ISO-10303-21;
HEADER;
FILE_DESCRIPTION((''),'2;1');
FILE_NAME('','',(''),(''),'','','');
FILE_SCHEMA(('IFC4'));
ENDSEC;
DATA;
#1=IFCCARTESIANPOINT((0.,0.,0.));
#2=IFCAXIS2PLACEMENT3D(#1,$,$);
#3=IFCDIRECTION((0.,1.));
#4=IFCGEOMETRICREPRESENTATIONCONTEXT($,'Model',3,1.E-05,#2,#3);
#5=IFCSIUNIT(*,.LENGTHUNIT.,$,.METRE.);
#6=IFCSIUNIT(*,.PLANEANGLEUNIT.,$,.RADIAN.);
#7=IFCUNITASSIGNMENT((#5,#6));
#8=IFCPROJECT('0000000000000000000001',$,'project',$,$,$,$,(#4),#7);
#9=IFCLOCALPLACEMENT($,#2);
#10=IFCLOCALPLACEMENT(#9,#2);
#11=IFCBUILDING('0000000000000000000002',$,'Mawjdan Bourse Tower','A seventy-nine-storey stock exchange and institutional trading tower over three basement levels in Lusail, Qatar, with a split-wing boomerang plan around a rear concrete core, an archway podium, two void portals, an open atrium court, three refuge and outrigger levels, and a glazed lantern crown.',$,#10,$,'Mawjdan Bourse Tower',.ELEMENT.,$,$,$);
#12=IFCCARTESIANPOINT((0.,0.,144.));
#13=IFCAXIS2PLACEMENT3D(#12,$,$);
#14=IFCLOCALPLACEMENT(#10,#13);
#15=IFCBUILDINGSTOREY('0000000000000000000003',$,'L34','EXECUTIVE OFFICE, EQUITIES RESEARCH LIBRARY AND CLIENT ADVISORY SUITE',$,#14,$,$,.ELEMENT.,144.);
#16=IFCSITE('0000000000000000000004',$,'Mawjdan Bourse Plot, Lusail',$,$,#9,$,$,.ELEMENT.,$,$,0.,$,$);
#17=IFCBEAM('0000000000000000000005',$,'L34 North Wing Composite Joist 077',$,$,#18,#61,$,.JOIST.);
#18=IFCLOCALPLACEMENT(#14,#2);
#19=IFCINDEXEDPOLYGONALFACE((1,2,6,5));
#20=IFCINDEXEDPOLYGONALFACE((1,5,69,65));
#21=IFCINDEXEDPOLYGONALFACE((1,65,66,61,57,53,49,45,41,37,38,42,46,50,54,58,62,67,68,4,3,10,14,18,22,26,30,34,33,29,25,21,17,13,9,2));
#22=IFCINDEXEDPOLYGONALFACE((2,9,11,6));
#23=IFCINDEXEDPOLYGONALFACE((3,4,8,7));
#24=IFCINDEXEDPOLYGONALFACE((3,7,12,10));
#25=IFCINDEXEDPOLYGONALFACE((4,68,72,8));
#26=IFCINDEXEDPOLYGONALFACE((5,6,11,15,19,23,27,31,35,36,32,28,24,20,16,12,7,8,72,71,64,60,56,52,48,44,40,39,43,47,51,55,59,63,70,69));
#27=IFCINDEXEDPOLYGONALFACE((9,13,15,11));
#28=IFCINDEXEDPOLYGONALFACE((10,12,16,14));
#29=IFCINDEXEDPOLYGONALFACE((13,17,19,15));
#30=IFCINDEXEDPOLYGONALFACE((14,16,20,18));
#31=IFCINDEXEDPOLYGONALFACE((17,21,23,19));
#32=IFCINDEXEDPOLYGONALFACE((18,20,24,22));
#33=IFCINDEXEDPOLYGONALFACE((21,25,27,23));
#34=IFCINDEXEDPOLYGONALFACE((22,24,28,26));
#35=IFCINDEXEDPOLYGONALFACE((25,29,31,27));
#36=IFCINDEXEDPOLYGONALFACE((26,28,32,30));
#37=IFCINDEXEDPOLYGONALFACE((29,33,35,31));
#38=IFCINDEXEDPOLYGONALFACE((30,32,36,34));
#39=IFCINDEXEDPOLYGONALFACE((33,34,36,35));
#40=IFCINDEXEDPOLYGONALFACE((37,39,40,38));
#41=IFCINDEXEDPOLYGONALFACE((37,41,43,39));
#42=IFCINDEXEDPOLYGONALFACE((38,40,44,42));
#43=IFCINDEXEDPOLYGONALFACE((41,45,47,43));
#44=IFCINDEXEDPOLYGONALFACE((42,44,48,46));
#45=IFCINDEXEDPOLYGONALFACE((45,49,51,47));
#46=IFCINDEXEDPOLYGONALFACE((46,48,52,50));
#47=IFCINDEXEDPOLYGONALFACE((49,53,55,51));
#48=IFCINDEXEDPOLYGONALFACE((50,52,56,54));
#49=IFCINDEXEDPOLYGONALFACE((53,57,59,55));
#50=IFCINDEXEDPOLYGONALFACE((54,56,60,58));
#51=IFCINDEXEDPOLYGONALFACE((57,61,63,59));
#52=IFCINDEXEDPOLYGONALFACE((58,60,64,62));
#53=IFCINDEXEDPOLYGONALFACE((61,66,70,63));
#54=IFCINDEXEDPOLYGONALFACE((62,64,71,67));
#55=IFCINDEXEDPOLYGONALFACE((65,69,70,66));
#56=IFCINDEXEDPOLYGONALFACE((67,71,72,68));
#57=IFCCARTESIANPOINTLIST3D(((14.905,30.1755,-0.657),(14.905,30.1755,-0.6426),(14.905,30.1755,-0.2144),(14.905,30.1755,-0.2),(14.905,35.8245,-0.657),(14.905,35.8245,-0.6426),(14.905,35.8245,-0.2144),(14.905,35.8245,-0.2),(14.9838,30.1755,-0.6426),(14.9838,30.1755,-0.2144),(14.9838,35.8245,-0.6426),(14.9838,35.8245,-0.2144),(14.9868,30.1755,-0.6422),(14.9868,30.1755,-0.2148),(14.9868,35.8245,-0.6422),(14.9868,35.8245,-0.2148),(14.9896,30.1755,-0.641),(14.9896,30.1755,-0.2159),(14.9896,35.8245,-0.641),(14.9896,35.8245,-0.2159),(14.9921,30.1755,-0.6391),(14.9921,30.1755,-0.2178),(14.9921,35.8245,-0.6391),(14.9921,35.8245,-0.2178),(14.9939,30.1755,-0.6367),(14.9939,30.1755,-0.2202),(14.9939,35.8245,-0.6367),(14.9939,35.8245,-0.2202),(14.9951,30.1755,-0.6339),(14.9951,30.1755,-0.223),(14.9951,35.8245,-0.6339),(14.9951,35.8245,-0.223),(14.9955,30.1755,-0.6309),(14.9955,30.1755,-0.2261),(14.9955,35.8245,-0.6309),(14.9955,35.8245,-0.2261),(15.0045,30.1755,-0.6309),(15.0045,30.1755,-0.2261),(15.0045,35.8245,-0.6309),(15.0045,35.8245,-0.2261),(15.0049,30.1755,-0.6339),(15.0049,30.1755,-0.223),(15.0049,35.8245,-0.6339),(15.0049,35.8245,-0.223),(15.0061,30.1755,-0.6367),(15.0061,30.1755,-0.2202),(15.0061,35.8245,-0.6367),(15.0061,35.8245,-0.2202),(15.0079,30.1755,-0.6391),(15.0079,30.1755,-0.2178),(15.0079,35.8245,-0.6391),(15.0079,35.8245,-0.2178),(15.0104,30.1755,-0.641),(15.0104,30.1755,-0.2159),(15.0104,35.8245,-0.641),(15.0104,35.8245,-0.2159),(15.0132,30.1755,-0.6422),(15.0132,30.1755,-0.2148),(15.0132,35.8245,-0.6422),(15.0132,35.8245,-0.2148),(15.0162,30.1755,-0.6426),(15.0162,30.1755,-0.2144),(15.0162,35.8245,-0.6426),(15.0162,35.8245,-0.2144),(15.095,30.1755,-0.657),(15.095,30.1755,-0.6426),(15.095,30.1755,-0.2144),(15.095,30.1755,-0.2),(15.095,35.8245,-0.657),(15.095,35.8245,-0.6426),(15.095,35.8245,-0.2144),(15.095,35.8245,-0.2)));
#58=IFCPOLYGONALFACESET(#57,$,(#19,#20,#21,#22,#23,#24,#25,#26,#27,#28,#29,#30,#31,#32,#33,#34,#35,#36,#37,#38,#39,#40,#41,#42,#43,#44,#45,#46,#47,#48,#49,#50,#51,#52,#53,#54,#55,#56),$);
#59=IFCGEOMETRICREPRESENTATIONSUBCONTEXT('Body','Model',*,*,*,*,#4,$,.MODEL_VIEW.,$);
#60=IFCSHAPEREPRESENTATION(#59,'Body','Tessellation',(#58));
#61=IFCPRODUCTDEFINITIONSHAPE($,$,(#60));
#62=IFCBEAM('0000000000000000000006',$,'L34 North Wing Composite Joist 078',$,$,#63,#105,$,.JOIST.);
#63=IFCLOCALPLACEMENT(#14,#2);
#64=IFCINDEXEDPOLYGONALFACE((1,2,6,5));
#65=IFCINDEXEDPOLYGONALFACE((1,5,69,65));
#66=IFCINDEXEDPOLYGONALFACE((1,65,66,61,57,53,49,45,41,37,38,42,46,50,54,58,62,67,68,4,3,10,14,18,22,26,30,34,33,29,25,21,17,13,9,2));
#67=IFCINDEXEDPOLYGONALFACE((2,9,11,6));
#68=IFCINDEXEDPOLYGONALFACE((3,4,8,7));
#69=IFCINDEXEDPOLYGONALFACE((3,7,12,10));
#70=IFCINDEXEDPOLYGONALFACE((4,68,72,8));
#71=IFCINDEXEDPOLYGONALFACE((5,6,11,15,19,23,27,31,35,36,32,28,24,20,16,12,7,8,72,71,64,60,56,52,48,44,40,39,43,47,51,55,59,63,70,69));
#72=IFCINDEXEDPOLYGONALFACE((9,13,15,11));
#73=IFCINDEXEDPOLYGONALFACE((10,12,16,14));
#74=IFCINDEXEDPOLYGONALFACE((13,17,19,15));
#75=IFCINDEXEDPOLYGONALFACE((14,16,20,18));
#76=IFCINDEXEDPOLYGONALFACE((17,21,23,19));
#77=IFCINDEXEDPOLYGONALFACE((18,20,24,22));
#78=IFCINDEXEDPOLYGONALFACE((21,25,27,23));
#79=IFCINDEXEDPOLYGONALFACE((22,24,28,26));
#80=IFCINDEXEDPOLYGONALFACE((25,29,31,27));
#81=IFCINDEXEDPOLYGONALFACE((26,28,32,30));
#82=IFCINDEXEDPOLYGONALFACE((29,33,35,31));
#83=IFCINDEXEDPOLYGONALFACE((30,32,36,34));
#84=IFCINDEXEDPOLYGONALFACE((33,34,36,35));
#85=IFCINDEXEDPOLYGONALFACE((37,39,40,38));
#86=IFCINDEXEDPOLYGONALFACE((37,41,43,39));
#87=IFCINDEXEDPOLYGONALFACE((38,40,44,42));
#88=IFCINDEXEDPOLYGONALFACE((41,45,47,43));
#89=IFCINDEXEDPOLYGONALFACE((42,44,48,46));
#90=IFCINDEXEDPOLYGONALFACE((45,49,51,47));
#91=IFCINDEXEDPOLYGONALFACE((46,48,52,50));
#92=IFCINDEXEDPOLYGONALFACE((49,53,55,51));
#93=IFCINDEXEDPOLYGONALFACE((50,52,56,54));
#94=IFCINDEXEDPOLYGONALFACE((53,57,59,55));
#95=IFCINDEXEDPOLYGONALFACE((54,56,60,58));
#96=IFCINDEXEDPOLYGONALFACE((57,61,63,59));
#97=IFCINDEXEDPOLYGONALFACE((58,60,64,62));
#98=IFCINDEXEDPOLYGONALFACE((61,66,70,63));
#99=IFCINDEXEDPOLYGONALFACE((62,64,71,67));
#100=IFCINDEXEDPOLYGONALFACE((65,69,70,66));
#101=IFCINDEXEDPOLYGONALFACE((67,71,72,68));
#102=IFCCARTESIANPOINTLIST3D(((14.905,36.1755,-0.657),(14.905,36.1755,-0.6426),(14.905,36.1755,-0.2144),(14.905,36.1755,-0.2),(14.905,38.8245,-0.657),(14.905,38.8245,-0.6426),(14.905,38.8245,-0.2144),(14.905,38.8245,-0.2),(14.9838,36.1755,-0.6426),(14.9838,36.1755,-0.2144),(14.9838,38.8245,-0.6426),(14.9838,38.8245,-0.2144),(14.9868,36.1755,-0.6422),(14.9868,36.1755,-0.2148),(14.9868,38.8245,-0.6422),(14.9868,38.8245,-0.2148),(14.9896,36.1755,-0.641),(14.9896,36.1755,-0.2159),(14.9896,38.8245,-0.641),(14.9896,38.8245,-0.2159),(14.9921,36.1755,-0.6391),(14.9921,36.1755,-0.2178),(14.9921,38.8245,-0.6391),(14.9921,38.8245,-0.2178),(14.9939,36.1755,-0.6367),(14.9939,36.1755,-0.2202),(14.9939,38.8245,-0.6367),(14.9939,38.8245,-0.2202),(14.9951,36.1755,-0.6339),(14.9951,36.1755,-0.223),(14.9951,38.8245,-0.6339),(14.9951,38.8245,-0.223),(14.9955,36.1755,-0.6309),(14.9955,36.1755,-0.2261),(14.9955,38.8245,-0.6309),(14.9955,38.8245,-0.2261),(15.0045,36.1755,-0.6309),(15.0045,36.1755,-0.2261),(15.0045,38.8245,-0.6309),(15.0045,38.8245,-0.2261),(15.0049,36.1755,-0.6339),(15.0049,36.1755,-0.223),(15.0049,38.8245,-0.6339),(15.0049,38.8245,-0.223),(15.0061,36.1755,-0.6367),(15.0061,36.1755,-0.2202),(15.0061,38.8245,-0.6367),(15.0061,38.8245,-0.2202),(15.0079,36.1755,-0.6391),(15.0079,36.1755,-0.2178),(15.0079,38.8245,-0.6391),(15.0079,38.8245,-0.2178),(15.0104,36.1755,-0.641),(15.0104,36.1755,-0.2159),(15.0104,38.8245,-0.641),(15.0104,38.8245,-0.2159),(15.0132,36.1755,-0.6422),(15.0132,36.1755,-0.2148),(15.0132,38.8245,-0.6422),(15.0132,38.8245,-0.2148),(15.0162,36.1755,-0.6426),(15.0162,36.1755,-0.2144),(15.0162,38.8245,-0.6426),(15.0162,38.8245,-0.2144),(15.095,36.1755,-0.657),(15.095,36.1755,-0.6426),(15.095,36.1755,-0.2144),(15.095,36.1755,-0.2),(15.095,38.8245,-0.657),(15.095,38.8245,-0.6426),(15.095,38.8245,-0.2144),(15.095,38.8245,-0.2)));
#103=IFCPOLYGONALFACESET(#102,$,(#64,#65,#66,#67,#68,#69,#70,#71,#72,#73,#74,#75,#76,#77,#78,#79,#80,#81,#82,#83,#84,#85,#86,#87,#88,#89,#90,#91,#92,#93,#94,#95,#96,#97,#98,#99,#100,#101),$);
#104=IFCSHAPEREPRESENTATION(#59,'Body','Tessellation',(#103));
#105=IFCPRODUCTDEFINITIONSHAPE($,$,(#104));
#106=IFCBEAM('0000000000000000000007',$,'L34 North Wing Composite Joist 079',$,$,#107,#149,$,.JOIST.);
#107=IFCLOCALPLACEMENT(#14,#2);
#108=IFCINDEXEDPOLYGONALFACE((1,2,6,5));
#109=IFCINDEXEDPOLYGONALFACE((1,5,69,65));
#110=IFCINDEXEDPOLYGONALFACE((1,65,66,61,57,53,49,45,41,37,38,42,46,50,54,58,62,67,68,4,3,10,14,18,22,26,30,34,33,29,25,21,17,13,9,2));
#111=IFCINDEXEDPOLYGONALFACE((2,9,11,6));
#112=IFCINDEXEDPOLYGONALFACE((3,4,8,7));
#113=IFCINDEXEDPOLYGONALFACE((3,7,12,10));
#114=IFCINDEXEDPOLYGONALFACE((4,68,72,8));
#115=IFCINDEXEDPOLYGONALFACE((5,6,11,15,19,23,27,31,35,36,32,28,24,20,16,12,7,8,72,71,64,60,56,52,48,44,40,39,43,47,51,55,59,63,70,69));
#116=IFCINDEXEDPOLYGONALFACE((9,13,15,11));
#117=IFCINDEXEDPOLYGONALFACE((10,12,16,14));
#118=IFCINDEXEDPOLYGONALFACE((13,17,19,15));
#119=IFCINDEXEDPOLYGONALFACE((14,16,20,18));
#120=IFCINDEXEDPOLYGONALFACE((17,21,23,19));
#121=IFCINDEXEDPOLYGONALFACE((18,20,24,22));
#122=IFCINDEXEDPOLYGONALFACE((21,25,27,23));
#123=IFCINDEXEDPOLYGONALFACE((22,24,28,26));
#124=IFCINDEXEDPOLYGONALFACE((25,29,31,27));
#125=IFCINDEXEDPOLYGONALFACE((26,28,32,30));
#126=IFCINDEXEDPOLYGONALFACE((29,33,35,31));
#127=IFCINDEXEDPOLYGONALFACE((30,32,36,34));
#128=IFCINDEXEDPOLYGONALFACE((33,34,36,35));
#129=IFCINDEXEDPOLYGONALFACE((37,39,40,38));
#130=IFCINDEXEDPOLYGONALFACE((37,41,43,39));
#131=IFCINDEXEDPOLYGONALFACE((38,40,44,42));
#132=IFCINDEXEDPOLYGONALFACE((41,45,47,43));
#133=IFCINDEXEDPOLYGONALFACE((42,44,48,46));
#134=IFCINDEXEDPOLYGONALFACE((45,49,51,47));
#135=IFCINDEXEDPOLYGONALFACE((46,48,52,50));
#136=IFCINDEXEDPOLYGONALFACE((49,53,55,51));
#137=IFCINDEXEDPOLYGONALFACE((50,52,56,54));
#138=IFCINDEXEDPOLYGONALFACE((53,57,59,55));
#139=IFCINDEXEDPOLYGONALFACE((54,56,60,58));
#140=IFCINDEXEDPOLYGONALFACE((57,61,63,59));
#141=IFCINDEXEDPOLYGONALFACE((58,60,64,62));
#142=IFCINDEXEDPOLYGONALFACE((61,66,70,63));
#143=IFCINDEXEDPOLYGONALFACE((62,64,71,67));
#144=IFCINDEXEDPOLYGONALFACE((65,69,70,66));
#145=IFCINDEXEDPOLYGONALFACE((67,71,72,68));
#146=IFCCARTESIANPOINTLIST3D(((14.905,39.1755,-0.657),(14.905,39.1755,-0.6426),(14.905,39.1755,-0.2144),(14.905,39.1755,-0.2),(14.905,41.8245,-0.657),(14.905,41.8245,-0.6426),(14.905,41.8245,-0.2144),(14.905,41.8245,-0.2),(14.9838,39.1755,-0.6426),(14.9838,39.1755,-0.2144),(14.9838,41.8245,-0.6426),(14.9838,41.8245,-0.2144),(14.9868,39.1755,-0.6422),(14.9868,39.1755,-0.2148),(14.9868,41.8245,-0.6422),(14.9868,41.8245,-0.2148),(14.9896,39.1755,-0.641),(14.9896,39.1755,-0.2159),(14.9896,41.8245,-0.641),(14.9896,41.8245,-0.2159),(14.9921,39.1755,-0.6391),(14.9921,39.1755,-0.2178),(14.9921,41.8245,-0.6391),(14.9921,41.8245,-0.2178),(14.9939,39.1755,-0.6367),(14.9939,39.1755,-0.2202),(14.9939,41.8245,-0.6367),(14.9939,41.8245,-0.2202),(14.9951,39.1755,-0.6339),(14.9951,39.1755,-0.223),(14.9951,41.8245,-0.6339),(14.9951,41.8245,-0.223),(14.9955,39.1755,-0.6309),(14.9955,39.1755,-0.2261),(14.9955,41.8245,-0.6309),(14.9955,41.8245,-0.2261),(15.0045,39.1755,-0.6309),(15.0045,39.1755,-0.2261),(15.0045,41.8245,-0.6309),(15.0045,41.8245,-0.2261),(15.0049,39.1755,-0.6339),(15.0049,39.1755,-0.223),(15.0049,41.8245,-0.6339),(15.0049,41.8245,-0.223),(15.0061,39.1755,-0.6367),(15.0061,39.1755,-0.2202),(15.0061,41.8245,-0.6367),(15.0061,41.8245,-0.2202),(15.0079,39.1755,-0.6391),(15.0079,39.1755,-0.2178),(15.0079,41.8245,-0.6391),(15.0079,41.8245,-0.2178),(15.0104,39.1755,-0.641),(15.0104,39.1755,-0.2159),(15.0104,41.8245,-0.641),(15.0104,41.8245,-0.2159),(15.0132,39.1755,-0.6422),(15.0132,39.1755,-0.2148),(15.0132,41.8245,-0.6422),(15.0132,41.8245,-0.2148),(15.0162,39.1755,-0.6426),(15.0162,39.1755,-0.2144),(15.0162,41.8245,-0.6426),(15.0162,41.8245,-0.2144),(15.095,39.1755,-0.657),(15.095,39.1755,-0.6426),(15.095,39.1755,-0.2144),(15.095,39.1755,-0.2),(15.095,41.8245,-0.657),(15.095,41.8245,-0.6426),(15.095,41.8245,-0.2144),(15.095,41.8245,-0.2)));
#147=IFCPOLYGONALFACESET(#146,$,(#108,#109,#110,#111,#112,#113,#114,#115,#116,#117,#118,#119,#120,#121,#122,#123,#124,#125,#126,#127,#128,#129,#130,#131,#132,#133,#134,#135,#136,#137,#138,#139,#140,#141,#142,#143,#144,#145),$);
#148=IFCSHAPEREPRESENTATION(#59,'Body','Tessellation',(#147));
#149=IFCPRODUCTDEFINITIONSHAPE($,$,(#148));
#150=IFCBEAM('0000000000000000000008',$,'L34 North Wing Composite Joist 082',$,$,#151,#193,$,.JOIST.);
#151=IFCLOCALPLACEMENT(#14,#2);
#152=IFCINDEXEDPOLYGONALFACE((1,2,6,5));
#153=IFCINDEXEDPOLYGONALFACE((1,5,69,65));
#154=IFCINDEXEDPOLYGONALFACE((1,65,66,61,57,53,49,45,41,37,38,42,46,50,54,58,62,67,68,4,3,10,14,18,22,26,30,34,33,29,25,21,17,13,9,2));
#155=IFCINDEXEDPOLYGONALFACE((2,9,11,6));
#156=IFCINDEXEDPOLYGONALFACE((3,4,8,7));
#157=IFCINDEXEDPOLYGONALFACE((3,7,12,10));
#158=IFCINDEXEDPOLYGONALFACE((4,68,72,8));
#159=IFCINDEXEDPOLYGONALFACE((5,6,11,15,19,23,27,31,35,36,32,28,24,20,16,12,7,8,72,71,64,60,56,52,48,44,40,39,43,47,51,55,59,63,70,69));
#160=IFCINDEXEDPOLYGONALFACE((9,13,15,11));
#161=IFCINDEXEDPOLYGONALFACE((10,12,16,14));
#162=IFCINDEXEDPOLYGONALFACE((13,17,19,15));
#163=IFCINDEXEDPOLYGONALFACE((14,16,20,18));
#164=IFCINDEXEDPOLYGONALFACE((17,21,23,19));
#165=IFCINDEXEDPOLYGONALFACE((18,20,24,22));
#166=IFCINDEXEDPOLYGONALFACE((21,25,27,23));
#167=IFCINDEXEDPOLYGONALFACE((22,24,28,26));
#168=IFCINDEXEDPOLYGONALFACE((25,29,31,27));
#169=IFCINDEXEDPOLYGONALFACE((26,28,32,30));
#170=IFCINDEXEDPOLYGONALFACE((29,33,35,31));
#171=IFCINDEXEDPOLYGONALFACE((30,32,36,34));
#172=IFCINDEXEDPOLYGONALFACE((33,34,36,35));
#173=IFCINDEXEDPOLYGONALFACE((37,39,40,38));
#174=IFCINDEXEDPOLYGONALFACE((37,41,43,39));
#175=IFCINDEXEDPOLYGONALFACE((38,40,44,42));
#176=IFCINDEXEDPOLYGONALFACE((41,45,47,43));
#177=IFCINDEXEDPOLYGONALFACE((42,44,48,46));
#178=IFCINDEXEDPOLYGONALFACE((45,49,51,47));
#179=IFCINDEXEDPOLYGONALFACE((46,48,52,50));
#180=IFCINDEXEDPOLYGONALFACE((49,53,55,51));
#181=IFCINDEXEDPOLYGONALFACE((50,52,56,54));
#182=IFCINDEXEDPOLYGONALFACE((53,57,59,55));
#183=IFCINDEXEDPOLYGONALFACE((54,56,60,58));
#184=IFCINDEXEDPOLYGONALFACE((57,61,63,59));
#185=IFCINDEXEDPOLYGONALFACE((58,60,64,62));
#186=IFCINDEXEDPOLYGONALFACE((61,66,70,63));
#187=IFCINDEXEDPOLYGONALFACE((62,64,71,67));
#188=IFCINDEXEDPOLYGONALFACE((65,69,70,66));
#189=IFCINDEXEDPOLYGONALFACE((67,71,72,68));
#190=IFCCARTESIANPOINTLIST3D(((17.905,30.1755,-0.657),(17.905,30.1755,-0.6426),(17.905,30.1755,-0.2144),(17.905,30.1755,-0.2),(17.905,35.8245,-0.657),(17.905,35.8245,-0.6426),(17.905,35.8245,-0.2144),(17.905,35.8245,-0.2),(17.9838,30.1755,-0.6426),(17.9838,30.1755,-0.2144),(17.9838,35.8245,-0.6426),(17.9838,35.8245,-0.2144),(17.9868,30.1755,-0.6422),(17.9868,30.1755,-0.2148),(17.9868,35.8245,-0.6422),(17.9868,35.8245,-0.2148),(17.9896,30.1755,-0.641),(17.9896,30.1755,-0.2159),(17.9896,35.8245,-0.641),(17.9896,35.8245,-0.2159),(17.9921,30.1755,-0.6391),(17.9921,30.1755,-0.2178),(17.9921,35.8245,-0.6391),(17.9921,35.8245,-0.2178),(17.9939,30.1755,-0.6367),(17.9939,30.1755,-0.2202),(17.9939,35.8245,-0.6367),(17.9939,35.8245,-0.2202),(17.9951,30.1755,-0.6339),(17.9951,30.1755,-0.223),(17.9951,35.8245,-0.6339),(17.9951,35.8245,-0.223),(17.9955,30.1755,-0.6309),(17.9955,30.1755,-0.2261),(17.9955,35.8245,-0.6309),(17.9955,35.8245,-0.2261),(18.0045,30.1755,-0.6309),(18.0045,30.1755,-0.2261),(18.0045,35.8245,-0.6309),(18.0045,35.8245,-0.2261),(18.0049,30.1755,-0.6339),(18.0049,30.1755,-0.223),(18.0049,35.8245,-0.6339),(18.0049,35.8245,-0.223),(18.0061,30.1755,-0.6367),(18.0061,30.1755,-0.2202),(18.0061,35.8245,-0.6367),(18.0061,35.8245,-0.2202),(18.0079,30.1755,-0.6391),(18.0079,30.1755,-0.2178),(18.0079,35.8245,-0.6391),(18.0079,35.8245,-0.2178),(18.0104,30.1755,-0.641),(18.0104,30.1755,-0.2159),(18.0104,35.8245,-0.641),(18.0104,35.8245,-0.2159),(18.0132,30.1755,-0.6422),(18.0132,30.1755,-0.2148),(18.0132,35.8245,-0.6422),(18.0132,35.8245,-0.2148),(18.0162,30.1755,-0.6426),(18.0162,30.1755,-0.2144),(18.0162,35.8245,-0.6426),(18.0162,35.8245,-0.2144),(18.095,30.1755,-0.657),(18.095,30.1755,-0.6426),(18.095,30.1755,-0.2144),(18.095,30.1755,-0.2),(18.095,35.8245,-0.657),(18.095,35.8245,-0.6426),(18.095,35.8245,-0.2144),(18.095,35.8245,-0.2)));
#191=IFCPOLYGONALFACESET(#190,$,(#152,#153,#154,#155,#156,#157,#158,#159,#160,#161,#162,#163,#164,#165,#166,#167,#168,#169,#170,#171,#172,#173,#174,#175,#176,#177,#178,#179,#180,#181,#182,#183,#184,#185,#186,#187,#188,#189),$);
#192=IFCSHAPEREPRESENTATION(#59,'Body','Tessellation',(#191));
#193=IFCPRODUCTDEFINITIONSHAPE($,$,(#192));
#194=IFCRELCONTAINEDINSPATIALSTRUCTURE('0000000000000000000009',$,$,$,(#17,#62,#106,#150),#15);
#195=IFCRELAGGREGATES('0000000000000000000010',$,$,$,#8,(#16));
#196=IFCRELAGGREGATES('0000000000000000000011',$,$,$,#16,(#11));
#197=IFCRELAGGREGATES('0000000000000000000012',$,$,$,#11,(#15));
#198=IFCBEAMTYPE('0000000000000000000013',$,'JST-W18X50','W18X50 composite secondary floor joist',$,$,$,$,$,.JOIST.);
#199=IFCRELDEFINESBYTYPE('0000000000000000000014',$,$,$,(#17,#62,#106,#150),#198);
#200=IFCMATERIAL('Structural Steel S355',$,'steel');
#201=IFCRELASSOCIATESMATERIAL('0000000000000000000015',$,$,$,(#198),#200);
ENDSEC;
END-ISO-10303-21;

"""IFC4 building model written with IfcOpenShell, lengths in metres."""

from ifc_helpers import new_model, si_unit, direction, frame, origin, origin_2d, place, context, subcontext, project, spatial, i_section, extrude, material, material_profile, profile_set, type_object, element, save


model = new_model("IFC4")

# Units and contexts
model_context = context("Model", 3, precision=1e-05, world=origin(), true_north=direction((0.0, 1.0)))
body_context = subcontext(model_context, "Body", "Model", "MODEL_VIEW")
ifc_project = project(units=[si_unit("LENGTHUNIT", "METRE"), si_unit("PLANEANGLEUNIT", "RADIAN")], contexts=[model_context])

# Site, building, storey
site_placement = place(None, origin())
site = spatial("IfcSite", under=ifc_project, at=site_placement, Name="Mawjdan Bourse Plot, Lusail", CompositionType="ELEMENT", RefElevation=0.0)
building_placement = place(site_placement, origin())
building = spatial("IfcBuilding", under=site, at=building_placement, Name="Mawjdan Bourse Tower", Description="A seventy-nine-storey stock exchange and institutional trading tower over three basement levels in Lusail, Qatar, with a split-wing boomerang plan around a rear concrete core, an archway podium, two void portals, an open atrium court, three refuge and outrigger levels, and a glazed lantern crown.", LongName="Mawjdan Bourse Tower", CompositionType="ELEMENT")
storey_placement = place(building_placement, frame((0.0, 0.0, 144.0)))
storey = spatial("IfcBuildingStorey", under=building, at=storey_placement, Name="L34", Description="EXECUTIVE OFFICE, EQUITIES RESEARCH LIBRARY AND CLIENT ADVISORY SUITE", CompositionType="ELEMENT", Elevation=144.0)

# Beams
ifc_material_1 = material(Name="Structural Steel S355", Category="steel")
ifc_material_profile_1 = material_profile(ifc_material_1, i_section(OverallWidth=0.1899, OverallDepth=0.457, WebThickness=0.009, FlangeThickness=0.0144, FilletRadius=0.0117, at=origin_2d()), Name="W18X50")
ifc_profile_set_1 = profile_set([ifc_material_profile_1], Name="Structural Steel S355")
beam_type_1 = type_object("IfcBeamType", Name="JST-W18X50", Description="W18X50 composite secondary floor joist", PredefinedType="JOIST", material=ifc_profile_set_1)
beam_1_placement = place(storey_placement, frame((15.0, 30.1755, -0.4285), z_axis=(0.0, 1.0, 0.0), x_axis=(-1.0, 0.0, 0.0)))
element("IfcBeam", 1, at=beam_1_placement, inside=storey, type_object=beam_type_1, Name="L34 North Wing Composite Joist 077", PredefinedType="JOIST", context=body_context, shape_type="SweptSolid", body=[
    extrude(i_section(OverallWidth=0.1899, OverallDepth=0.457, WebThickness=0.009, FlangeThickness=0.0144, FilletRadius=0.0117, at=origin_2d()), origin(), (0.0, 0.0, 1.0), 5.6489),
])
for number, where, z_axis, x_axis, name in (
    (2, (15.0, 36.1755, -0.4285), (0.0, 1.0, 0.0), (-1.0, 0.0, 0.0), "L34 North Wing Composite Joist 078"),
    (3, (15.0, 39.1755, -0.4285), (0.0, 1.0, 0.0), (-1.0, 0.0, 0.0), "L34 North Wing Composite Joist 079"),
):
    element("IfcBeam", number, at=place(storey_placement, frame(where, z_axis=z_axis, x_axis=x_axis)), inside=storey, type_object=beam_type_1, Name=name, PredefinedType="JOIST", context=body_context, shape_type="SweptSolid", body=[
        extrude(i_section(OverallWidth=0.1899, OverallDepth=0.457, WebThickness=0.009, FlangeThickness=0.0144, FilletRadius=0.0117, at=origin_2d()), origin(), (0.0, 0.0, 1.0), 2.6489),
    ])
beam_2_placement = place(storey_placement, frame((18.0, 30.1755, -0.4285), z_axis=(0.0, 1.0, 0.0), x_axis=(-1.0, 0.0, 0.0)))
element("IfcBeam", 4, at=beam_2_placement, inside=storey, type_object=beam_type_1, Name="L34 North Wing Composite Joist 082", PredefinedType="JOIST", context=body_context, shape_type="SweptSolid", body=[
    extrude(i_section(OverallWidth=0.1899, OverallDepth=0.457, WebThickness=0.009, FlangeThickness=0.0144, FilletRadius=0.0117, at=origin_2d()), origin(), (0.0, 0.0, 1.0), 5.6489),
])

save(model, "model.ifc")
